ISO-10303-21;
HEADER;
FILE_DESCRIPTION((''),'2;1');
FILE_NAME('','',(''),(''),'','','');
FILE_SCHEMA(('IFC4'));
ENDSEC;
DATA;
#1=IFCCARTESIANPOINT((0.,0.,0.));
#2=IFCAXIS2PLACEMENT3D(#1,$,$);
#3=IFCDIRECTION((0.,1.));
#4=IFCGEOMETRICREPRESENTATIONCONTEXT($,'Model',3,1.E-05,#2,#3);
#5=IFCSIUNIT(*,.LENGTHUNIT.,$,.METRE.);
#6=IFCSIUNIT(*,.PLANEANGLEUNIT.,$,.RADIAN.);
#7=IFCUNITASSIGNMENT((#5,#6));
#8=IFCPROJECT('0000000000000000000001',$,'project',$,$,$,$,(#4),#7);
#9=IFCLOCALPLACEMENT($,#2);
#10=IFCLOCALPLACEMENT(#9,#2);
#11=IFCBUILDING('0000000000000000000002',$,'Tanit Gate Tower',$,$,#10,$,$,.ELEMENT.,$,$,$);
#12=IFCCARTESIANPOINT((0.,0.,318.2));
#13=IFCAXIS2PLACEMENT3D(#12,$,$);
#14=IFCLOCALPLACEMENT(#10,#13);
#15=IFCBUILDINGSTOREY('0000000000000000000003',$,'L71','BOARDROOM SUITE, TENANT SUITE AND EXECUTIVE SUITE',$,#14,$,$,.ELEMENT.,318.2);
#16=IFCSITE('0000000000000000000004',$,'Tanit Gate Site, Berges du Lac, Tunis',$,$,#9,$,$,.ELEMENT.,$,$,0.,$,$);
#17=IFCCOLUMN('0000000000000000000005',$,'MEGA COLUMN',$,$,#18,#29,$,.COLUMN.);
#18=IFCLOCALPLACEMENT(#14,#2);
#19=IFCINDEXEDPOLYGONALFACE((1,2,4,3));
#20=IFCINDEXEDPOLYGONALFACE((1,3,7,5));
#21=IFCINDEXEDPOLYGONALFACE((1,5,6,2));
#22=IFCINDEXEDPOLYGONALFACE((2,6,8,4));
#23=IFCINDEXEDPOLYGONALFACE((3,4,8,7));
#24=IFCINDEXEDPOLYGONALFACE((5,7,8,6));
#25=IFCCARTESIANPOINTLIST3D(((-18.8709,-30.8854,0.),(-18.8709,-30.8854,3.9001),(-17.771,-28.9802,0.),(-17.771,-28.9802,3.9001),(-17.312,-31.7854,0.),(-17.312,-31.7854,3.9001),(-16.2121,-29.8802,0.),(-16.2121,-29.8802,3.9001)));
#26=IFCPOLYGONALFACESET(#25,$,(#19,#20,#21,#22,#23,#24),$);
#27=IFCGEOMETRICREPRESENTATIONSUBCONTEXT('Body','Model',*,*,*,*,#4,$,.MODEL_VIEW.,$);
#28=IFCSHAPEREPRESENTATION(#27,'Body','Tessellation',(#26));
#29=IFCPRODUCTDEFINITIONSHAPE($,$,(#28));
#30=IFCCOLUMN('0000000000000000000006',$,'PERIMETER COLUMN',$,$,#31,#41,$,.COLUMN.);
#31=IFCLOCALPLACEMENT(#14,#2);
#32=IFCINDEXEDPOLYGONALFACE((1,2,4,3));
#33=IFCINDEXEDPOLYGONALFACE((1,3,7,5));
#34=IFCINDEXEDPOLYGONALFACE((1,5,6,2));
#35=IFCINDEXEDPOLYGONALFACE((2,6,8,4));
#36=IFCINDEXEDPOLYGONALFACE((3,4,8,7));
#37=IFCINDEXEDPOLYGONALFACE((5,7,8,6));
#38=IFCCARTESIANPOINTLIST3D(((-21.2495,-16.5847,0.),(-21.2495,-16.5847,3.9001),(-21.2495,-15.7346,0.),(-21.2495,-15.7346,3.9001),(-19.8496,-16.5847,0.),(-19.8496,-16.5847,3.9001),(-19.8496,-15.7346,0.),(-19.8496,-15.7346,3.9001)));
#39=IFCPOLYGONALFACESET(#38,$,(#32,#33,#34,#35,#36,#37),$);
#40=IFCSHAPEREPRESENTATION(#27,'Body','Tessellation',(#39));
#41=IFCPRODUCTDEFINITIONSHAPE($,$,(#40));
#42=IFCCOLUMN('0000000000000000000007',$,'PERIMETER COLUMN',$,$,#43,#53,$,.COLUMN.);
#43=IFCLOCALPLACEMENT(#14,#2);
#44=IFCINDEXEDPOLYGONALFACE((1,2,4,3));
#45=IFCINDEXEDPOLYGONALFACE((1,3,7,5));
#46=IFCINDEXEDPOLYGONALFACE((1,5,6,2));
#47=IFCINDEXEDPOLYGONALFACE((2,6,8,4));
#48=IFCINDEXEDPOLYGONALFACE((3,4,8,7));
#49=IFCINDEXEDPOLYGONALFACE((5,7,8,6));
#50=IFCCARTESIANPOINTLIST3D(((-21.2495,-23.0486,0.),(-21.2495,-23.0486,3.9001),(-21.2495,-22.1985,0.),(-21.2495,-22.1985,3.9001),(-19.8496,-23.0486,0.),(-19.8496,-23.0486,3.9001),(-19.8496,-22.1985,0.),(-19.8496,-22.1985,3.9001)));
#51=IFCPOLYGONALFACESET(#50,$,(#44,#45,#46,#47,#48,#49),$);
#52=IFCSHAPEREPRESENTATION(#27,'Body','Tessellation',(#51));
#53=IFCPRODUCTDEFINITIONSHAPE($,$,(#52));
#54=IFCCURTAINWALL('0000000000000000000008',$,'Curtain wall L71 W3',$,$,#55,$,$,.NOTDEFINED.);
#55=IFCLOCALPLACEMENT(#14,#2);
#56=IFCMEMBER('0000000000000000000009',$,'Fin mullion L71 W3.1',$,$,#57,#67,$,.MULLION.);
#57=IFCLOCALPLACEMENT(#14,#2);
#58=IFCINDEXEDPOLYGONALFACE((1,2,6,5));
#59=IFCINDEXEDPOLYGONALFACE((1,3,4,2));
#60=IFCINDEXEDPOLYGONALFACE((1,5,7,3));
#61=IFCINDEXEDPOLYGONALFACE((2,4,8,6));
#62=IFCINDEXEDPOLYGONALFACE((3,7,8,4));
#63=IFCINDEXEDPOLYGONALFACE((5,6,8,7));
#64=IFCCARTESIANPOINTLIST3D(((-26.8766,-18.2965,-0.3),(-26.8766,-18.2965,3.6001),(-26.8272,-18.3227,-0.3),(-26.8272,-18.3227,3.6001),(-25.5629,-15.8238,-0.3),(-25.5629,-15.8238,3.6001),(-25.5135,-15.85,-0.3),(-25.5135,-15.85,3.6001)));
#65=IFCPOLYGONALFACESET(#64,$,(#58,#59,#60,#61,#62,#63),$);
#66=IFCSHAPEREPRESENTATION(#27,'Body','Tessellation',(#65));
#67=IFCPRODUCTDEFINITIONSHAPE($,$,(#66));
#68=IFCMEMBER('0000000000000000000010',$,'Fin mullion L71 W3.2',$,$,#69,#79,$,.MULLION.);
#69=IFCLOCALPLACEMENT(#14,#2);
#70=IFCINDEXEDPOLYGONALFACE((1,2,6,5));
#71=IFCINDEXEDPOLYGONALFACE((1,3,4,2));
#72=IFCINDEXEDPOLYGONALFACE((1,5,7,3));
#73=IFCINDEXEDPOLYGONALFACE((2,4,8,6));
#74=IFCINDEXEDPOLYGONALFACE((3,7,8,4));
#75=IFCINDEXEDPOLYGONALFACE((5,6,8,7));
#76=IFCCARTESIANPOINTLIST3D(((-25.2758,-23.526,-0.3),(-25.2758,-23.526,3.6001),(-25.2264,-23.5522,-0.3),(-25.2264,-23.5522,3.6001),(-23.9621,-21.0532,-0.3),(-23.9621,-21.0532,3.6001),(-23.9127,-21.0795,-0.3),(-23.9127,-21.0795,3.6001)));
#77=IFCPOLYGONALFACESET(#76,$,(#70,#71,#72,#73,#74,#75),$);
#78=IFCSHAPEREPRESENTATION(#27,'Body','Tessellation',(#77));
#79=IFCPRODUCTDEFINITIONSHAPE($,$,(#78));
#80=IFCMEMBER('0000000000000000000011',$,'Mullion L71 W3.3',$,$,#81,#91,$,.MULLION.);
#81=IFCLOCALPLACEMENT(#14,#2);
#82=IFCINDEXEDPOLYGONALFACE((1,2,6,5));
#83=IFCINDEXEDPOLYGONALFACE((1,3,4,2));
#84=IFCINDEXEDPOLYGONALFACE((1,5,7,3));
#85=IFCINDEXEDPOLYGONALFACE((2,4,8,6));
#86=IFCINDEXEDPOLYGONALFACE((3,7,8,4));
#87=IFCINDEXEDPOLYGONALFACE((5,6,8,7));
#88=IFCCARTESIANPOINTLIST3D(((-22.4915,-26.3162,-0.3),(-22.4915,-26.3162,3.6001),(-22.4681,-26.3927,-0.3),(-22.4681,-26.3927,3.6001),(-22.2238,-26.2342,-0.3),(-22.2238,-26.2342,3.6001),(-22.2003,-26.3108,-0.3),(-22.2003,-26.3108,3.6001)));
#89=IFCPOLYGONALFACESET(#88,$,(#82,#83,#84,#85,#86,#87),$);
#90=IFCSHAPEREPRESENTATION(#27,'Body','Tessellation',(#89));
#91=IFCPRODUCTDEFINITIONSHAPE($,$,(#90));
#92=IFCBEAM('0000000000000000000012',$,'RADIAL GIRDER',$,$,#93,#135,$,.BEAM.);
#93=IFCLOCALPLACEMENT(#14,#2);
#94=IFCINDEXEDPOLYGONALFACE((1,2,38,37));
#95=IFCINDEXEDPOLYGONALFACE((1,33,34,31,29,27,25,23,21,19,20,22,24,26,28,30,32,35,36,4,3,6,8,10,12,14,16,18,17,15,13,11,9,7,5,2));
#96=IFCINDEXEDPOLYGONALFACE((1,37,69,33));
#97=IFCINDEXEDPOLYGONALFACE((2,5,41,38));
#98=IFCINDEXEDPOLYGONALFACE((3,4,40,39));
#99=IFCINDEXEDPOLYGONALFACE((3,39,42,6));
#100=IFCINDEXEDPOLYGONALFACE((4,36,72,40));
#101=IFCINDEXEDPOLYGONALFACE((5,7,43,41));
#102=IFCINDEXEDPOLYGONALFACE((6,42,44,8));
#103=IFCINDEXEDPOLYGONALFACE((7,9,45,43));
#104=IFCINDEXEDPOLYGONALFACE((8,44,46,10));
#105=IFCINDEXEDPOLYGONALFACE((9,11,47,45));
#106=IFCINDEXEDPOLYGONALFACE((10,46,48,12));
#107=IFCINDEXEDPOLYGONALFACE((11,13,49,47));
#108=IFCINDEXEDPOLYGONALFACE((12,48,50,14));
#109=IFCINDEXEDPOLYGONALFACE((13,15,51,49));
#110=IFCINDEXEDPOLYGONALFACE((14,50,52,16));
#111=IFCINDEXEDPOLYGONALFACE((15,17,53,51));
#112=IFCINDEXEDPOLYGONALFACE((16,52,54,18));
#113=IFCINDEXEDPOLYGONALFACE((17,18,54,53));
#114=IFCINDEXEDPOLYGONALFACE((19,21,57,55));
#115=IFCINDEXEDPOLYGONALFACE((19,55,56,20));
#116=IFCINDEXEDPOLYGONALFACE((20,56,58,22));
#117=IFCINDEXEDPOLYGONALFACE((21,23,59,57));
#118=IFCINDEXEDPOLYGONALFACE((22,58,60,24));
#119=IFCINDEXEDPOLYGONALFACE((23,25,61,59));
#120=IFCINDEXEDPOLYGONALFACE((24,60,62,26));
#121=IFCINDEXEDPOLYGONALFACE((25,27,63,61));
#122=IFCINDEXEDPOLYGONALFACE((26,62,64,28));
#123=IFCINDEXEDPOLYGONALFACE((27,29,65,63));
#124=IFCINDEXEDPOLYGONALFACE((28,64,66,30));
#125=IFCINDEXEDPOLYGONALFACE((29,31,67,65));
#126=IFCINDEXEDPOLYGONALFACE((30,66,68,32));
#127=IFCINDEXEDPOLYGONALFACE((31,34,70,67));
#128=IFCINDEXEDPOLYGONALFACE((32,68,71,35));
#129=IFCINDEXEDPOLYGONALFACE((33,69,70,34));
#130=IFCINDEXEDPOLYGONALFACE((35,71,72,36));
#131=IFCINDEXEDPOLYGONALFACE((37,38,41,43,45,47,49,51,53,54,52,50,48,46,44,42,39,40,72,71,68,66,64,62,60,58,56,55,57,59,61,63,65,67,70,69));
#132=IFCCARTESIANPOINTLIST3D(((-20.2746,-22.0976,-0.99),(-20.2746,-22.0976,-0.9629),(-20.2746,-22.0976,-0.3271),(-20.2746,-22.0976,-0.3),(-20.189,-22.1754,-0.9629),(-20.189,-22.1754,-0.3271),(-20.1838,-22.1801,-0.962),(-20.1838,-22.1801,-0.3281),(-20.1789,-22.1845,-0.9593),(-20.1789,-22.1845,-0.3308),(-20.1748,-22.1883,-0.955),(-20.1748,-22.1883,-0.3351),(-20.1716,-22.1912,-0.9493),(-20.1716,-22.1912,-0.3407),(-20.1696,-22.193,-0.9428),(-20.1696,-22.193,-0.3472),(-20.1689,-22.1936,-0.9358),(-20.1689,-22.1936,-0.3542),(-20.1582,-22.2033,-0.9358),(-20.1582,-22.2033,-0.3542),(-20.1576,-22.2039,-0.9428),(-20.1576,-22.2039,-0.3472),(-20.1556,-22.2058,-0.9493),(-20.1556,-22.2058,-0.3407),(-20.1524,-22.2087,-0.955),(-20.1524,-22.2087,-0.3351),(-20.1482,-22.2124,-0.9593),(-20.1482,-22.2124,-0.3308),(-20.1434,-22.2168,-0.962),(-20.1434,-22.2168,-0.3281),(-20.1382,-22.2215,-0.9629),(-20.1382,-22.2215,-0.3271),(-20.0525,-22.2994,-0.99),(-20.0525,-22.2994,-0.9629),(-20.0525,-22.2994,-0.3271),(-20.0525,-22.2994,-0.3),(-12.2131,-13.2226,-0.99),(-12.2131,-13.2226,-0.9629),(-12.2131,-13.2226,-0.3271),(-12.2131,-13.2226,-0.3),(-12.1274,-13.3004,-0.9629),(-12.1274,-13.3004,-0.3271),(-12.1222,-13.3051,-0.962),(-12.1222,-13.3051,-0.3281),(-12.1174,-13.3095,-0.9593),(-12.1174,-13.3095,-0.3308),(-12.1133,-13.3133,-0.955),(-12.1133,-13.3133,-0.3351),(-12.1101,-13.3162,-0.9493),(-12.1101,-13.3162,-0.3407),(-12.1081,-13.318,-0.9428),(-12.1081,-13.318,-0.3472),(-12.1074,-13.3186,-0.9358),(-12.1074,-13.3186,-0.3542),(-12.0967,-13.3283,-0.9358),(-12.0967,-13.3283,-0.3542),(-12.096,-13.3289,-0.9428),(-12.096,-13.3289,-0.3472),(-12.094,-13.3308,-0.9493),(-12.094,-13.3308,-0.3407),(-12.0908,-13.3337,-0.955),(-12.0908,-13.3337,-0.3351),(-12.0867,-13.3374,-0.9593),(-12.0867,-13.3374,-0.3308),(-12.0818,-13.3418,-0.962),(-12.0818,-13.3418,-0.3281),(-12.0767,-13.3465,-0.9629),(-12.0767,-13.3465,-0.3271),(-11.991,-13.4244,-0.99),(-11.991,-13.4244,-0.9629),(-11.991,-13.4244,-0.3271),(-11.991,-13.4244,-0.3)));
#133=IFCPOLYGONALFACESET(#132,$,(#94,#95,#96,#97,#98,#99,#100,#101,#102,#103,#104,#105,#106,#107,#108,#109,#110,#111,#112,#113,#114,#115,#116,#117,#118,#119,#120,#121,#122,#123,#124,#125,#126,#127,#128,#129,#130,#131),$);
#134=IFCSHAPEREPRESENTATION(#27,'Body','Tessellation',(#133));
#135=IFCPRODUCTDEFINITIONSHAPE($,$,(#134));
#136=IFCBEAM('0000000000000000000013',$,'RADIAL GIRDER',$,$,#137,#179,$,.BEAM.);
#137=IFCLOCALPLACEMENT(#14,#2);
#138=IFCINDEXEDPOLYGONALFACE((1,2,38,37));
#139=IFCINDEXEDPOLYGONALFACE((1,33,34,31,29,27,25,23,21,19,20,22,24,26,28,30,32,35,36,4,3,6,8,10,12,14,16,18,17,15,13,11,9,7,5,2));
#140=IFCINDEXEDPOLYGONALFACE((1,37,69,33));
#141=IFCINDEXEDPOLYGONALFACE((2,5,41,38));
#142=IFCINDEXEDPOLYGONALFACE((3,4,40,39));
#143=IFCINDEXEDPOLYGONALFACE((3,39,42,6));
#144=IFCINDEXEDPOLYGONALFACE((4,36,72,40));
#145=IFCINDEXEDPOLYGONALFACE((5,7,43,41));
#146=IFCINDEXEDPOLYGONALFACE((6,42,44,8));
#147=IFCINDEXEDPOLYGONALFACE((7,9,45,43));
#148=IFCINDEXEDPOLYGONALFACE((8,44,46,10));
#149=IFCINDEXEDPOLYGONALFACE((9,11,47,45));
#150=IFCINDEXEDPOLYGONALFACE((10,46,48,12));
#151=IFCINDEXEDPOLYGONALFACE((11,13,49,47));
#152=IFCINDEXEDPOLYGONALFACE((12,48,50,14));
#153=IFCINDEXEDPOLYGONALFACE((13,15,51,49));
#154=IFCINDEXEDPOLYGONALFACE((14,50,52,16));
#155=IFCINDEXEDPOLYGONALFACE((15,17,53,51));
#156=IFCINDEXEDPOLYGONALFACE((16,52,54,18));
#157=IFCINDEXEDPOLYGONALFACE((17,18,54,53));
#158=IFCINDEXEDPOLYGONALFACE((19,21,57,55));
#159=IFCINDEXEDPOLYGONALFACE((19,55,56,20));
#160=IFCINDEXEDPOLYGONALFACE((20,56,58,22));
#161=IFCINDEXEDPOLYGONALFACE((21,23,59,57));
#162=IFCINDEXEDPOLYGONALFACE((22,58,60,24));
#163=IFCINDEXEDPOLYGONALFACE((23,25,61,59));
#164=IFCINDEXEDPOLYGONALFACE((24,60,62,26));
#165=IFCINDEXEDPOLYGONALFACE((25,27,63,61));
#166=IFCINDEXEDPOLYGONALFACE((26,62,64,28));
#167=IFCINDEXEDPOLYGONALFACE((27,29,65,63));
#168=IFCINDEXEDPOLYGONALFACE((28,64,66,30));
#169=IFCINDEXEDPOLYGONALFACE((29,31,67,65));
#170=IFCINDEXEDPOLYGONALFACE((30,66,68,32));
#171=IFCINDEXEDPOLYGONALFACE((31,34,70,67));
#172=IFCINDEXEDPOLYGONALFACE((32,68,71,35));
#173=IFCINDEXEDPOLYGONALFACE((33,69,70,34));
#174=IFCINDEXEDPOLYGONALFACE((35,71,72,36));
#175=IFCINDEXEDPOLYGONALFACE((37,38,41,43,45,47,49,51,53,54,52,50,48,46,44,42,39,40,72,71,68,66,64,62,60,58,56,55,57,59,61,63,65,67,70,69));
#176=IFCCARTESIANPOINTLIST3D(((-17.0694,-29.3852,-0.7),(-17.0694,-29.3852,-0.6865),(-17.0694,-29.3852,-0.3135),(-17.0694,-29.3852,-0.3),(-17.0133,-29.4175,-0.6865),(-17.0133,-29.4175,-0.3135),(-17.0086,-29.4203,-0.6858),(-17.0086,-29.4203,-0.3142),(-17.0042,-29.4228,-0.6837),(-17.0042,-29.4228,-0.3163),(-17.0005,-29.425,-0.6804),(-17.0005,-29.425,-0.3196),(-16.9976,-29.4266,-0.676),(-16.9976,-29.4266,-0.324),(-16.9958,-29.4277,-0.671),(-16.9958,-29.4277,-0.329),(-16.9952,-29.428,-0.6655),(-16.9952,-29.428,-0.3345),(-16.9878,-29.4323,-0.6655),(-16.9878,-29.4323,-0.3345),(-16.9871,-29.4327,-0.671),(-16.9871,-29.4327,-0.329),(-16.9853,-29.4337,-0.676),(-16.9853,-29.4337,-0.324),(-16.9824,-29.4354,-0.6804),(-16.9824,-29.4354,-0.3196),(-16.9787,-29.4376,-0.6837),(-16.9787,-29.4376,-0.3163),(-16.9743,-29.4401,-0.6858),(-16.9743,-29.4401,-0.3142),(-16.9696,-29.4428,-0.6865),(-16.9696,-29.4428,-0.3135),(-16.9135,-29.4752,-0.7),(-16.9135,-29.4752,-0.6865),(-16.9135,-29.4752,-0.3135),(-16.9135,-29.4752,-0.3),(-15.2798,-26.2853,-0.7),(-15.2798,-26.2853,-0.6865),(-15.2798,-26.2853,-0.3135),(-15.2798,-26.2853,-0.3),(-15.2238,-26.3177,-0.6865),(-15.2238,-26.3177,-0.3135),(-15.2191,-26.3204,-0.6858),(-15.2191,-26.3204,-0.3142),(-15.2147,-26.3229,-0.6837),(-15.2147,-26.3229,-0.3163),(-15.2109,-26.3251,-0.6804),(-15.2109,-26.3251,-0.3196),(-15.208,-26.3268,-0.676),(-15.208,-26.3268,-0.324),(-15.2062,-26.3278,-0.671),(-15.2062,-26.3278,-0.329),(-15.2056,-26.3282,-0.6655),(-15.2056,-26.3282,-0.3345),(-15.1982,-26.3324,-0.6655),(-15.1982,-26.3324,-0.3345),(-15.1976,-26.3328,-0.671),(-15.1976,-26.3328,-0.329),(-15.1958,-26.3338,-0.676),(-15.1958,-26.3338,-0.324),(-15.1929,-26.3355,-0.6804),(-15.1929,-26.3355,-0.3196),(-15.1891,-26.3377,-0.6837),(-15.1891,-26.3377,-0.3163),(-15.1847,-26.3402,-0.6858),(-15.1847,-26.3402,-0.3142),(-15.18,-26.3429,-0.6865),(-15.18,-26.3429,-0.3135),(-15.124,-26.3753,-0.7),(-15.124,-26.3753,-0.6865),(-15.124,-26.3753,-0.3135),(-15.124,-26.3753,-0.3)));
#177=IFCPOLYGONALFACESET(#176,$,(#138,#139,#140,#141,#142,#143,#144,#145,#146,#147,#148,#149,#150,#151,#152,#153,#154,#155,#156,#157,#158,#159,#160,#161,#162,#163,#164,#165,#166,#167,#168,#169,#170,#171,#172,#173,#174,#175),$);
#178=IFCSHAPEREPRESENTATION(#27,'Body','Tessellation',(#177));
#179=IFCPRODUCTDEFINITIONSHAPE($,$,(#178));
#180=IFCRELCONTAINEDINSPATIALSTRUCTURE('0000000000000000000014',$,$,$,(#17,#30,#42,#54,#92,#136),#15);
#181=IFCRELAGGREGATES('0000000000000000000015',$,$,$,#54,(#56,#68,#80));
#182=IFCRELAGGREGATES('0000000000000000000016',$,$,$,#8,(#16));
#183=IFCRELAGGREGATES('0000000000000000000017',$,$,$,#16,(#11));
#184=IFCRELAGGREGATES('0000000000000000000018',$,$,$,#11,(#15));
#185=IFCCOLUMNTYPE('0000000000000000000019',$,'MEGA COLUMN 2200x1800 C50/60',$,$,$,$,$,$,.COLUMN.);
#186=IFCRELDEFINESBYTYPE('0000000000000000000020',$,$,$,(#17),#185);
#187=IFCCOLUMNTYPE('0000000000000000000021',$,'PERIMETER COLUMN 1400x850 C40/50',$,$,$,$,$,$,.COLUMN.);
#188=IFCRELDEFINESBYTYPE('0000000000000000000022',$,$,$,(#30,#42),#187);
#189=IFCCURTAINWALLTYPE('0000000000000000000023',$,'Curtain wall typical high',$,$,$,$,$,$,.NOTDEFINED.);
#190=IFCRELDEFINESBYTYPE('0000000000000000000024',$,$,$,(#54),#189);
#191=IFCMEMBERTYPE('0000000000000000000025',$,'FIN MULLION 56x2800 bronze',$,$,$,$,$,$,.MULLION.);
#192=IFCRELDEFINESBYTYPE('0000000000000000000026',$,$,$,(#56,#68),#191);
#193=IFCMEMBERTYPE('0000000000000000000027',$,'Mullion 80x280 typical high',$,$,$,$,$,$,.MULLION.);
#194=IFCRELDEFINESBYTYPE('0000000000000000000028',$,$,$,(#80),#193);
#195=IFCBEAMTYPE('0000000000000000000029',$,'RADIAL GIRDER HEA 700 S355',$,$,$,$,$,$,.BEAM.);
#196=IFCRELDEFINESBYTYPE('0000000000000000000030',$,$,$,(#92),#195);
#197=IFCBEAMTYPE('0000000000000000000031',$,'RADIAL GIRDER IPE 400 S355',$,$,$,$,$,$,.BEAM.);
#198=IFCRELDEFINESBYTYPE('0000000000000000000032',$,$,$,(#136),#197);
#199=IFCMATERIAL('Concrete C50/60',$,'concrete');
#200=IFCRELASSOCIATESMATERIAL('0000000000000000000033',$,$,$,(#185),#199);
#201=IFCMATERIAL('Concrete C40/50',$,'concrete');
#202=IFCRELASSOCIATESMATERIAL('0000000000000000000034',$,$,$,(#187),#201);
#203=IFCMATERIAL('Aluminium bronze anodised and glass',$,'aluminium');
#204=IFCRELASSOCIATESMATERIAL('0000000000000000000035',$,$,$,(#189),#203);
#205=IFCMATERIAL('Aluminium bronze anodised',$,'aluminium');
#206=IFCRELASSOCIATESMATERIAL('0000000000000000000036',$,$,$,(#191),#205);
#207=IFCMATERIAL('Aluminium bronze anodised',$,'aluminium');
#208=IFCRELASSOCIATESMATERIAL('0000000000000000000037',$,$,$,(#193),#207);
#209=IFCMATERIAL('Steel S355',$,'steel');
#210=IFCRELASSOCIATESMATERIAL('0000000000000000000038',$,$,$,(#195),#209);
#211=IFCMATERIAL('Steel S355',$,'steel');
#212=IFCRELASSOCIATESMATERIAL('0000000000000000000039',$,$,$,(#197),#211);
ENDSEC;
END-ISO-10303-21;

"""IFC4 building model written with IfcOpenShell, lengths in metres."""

from ifc_helpers import new_model, si_unit, direction, frame, origin, origin_2d, place, context, subcontext, project, spatial, rectangle, i_section, extrude, material, material_profile, profile_set, type_object, element, aggregate, save


model = new_model("IFC4")

# Units and contexts
model_context = context("Model", 3, precision=1e-05, world=origin(), true_north=direction((0.0, 1.0)))
body_context = subcontext(model_context, "Body", "Model", "MODEL_VIEW")
ifc_project = project(units=[si_unit("LENGTHUNIT", "METRE"), si_unit("PLANEANGLEUNIT", "RADIAN")], contexts=[model_context])

# Site, building, storey
site_placement = place(None, origin())
site = spatial("IfcSite", under=ifc_project, at=site_placement, Name="Tanit Gate Site, Berges du Lac, Tunis", CompositionType="ELEMENT", RefElevation=0.0)
building_placement = place(site_placement, origin())
building = spatial("IfcBuilding", under=site, at=building_placement, Name="Tanit Gate Tower", CompositionType="ELEMENT")
storey_placement = place(building_placement, frame((0.0, 0.0, 318.2)))
storey = spatial("IfcBuildingStorey", under=building, at=storey_placement, Name="L71", Description="BOARDROOM SUITE, TENANT SUITE AND EXECUTIVE SUITE", CompositionType="ELEMENT", Elevation=318.2)

# Columns
ifc_material_1 = material(Name="Concrete C50/60", Category="concrete")
ifc_material_profile_1 = material_profile(ifc_material_1, rectangle(XDim=2.2, YDim=1.8, at=origin_2d()), Name="RC 2200x1800")
ifc_profile_set_1 = profile_set([ifc_material_profile_1], Name="Concrete C50/60")
column_type_1 = type_object("IfcColumnType", Name="MEGA COLUMN 2200x1800 C50/60", PredefinedType="COLUMN", material=ifc_profile_set_1)
column_placement = place(storey_placement, frame((-17.5415, -30.3828, 0.0), z_axis=(0.0, 0.0, 1.0), x_axis=(-0.5, -0.866025, 0.0)))
element("IfcColumn", 1, at=column_placement, inside=storey, type_object=column_type_1, Name="MEGA COLUMN", PredefinedType="COLUMN", context=body_context, shape_type="SweptSolid", body=[
    extrude(rectangle(XDim=2.2, YDim=1.8, at=origin_2d()), origin(), (0.0, 0.0, 1.0), 3.9001),
])
ifc_material_2 = material(Name="Concrete C40/50", Category="concrete")
ifc_material_profile_2 = material_profile(ifc_material_2, rectangle(XDim=1.3999, YDim=0.8501, at=origin_2d()), Name="RC 1400x850")
ifc_profile_set_2 = profile_set([ifc_material_profile_2], Name="Concrete C40/50")
column_type_2 = type_object("IfcColumnType", Name="PERIMETER COLUMN 1400x850 C40/50", PredefinedType="COLUMN", material=ifc_profile_set_2)
for number, where, z_axis, x_axis, name in (
    (2, (-20.5496, -16.1597, 0.0), (0.0, 0.0, 1.0), (-1.0, 0.0, 0.0), "PERIMETER COLUMN"),
    (3, (-20.5496, -22.6235, 0.0), (0.0, 0.0, 1.0), (-1.0, 0.0, 0.0), "PERIMETER COLUMN"),
):
    element("IfcColumn", number, at=place(storey_placement, frame(where, z_axis=z_axis, x_axis=x_axis)), inside=storey, type_object=column_type_2, Name=name, PredefinedType="COLUMN", context=body_context, shape_type="SweptSolid", body=[
        extrude(rectangle(XDim=1.3999, YDim=0.8501, at=origin_2d()), origin(), (0.0, 0.0, 1.0), 3.9001),
    ])

# Curtain wall, members
ifc_material_3 = material(Name="Aluminium bronze anodised and glass", Category="aluminium")
curtain_wall_type = type_object("IfcCurtainWallType", Name="Curtain wall typical high", PredefinedType="NOTDEFINED", material=ifc_material_3)
curtain_wall_placement = place(storey_placement, origin())
curtain_wall = element("IfcCurtainWall", 4, at=curtain_wall_placement, inside=storey, type_object=curtain_wall_type, Name="Curtain wall L71 W3", PredefinedType="NOTDEFINED")
ifc_material_4 = material(Name="Aluminium bronze anodised", Category="aluminium")
ifc_material_profile_3 = material_profile(ifc_material_4, rectangle(XDim=2.8, YDim=0.0559, at=origin_2d()), Name="56x2800 bronze fin mullion")
ifc_profile_set_3 = profile_set([ifc_material_profile_3], Name="Aluminium bronze anodised")
member_type_1 = type_object("IfcMemberType", Name="FIN MULLION 56x2800 bronze", PredefinedType="MULLION", material=ifc_profile_set_3)
member_1_placement = place(storey_placement, frame((-26.1951, -17.0732, -0.3), z_axis=(0.0, 0.0, 1.0), x_axis=(0.469169, 0.883108, 0.0)))
member_1 = element("IfcMember", 5, at=member_1_placement, type_object=member_type_1, Name="Fin mullion L71 W3.1", PredefinedType="MULLION", context=body_context, shape_type="SweptSolid", body=[
    extrude(rectangle(XDim=2.8, YDim=0.0559, at=origin_2d()), origin(), (0.0, 0.0, 1.0), 3.9001),
])
member_2_placement = place(storey_placement, frame((-24.5942, -22.3027, -0.3), z_axis=(0.0, 0.0, 1.0), x_axis=(0.469169, 0.883108, 0.0)))
member_2 = element("IfcMember", 6, at=member_2_placement, type_object=member_type_1, Name="Fin mullion L71 W3.2", PredefinedType="MULLION", context=body_context, shape_type="SweptSolid", body=[
    extrude(rectangle(XDim=2.8, YDim=0.0559, at=origin_2d()), origin(), (0.0, 0.0, 1.0), 3.9001),
])
ifc_material_5 = material(Name="Aluminium bronze anodised", Category="aluminium")
ifc_material_profile_4 = material_profile(ifc_material_5, rectangle(XDim=0.28, YDim=0.0801, at=origin_2d()), Name="80x280 bronze mullion")
ifc_profile_set_4 = profile_set([ifc_material_profile_4], Name="Aluminium bronze anodised")
member_type_2 = type_object("IfcMemberType", Name="Mullion 80x280 typical high", PredefinedType="MULLION", material=ifc_profile_set_4)
member_3_placement = place(storey_placement, frame((-22.3459, -26.3135, -0.3), z_axis=(0.0, 0.0, 1.0), x_axis=(0.956205, 0.292699, 0.0)))
member_3 = element("IfcMember", 7, at=member_3_placement, type_object=member_type_2, Name="Mullion L71 W3.3", PredefinedType="MULLION", context=body_context, shape_type="SweptSolid", body=[
    extrude(rectangle(XDim=0.28, YDim=0.0801, at=origin_2d()), origin(), (0.0, 0.0, 1.0), 3.9001),
])

# Beams
ifc_material_6 = material(Name="Steel S355", Category="steel")
ifc_material_profile_5 = material_profile(ifc_material_6, i_section(OverallWidth=0.3, OverallDepth=0.6899, WebThickness=0.0144, FlangeThickness=0.0271, FilletRadius=0.0271, at=origin_2d()), Name="HEA 700")
ifc_profile_set_5 = profile_set([ifc_material_profile_5], Name="Steel S355")
beam_type_1 = type_object("IfcBeamType", Name="RADIAL GIRDER HEA 700 S355", PredefinedType="BEAM", material=ifc_profile_set_5)
beam_1_placement = place(storey_placement, frame((-20.1636, -22.1985, -0.645), z_axis=(0.672369, 0.740216, 0.0), x_axis=(-0.740216, 0.672369, 0.0)))
element("IfcBeam", 8, at=beam_1_placement, inside=storey, type_object=beam_type_1, Name="RADIAL GIRDER", PredefinedType="BEAM", context=body_context, shape_type="SweptSolid", body=[
    extrude(i_section(OverallWidth=0.3, OverallDepth=0.6899, WebThickness=0.0144, FlangeThickness=0.0271, FilletRadius=0.0271, at=origin_2d()), origin(), (0.0, 0.0, 1.0), 11.9897),
])
ifc_material_7 = material(Name="Steel S355", Category="steel")
ifc_material_profile_6 = material_profile(ifc_material_7, i_section(OverallWidth=0.1799, OverallDepth=0.3999, WebThickness=0.0085, FlangeThickness=0.0134, FilletRadius=0.021, at=origin_2d()), Name="IPE 400")
ifc_profile_set_6 = profile_set([ifc_material_profile_6], Name="Steel S355")
beam_type_2 = type_object("IfcBeamType", Name="RADIAL GIRDER IPE 400 S355", PredefinedType="BEAM", material=ifc_profile_set_6)
beam_2_placement = place(storey_placement, frame((-16.9915, -29.4302, -0.5), z_axis=(0.499968, 0.866044, 0.0), x_axis=(-0.866044, 0.499968, 0.0)))
element("IfcBeam", 9, at=beam_2_placement, inside=storey, type_object=beam_type_2, Name="RADIAL GIRDER", PredefinedType="BEAM", context=body_context, shape_type="SweptSolid", body=[
    extrude(i_section(OverallWidth=0.1799, OverallDepth=0.3999, WebThickness=0.0085, FlangeThickness=0.0134, FilletRadius=0.021, at=origin_2d()), origin(), (0.0, 0.0, 1.0), 3.5793),
])

aggregate(curtain_wall, [member_1, member_2, member_3])

save(model, "model.ifc")
